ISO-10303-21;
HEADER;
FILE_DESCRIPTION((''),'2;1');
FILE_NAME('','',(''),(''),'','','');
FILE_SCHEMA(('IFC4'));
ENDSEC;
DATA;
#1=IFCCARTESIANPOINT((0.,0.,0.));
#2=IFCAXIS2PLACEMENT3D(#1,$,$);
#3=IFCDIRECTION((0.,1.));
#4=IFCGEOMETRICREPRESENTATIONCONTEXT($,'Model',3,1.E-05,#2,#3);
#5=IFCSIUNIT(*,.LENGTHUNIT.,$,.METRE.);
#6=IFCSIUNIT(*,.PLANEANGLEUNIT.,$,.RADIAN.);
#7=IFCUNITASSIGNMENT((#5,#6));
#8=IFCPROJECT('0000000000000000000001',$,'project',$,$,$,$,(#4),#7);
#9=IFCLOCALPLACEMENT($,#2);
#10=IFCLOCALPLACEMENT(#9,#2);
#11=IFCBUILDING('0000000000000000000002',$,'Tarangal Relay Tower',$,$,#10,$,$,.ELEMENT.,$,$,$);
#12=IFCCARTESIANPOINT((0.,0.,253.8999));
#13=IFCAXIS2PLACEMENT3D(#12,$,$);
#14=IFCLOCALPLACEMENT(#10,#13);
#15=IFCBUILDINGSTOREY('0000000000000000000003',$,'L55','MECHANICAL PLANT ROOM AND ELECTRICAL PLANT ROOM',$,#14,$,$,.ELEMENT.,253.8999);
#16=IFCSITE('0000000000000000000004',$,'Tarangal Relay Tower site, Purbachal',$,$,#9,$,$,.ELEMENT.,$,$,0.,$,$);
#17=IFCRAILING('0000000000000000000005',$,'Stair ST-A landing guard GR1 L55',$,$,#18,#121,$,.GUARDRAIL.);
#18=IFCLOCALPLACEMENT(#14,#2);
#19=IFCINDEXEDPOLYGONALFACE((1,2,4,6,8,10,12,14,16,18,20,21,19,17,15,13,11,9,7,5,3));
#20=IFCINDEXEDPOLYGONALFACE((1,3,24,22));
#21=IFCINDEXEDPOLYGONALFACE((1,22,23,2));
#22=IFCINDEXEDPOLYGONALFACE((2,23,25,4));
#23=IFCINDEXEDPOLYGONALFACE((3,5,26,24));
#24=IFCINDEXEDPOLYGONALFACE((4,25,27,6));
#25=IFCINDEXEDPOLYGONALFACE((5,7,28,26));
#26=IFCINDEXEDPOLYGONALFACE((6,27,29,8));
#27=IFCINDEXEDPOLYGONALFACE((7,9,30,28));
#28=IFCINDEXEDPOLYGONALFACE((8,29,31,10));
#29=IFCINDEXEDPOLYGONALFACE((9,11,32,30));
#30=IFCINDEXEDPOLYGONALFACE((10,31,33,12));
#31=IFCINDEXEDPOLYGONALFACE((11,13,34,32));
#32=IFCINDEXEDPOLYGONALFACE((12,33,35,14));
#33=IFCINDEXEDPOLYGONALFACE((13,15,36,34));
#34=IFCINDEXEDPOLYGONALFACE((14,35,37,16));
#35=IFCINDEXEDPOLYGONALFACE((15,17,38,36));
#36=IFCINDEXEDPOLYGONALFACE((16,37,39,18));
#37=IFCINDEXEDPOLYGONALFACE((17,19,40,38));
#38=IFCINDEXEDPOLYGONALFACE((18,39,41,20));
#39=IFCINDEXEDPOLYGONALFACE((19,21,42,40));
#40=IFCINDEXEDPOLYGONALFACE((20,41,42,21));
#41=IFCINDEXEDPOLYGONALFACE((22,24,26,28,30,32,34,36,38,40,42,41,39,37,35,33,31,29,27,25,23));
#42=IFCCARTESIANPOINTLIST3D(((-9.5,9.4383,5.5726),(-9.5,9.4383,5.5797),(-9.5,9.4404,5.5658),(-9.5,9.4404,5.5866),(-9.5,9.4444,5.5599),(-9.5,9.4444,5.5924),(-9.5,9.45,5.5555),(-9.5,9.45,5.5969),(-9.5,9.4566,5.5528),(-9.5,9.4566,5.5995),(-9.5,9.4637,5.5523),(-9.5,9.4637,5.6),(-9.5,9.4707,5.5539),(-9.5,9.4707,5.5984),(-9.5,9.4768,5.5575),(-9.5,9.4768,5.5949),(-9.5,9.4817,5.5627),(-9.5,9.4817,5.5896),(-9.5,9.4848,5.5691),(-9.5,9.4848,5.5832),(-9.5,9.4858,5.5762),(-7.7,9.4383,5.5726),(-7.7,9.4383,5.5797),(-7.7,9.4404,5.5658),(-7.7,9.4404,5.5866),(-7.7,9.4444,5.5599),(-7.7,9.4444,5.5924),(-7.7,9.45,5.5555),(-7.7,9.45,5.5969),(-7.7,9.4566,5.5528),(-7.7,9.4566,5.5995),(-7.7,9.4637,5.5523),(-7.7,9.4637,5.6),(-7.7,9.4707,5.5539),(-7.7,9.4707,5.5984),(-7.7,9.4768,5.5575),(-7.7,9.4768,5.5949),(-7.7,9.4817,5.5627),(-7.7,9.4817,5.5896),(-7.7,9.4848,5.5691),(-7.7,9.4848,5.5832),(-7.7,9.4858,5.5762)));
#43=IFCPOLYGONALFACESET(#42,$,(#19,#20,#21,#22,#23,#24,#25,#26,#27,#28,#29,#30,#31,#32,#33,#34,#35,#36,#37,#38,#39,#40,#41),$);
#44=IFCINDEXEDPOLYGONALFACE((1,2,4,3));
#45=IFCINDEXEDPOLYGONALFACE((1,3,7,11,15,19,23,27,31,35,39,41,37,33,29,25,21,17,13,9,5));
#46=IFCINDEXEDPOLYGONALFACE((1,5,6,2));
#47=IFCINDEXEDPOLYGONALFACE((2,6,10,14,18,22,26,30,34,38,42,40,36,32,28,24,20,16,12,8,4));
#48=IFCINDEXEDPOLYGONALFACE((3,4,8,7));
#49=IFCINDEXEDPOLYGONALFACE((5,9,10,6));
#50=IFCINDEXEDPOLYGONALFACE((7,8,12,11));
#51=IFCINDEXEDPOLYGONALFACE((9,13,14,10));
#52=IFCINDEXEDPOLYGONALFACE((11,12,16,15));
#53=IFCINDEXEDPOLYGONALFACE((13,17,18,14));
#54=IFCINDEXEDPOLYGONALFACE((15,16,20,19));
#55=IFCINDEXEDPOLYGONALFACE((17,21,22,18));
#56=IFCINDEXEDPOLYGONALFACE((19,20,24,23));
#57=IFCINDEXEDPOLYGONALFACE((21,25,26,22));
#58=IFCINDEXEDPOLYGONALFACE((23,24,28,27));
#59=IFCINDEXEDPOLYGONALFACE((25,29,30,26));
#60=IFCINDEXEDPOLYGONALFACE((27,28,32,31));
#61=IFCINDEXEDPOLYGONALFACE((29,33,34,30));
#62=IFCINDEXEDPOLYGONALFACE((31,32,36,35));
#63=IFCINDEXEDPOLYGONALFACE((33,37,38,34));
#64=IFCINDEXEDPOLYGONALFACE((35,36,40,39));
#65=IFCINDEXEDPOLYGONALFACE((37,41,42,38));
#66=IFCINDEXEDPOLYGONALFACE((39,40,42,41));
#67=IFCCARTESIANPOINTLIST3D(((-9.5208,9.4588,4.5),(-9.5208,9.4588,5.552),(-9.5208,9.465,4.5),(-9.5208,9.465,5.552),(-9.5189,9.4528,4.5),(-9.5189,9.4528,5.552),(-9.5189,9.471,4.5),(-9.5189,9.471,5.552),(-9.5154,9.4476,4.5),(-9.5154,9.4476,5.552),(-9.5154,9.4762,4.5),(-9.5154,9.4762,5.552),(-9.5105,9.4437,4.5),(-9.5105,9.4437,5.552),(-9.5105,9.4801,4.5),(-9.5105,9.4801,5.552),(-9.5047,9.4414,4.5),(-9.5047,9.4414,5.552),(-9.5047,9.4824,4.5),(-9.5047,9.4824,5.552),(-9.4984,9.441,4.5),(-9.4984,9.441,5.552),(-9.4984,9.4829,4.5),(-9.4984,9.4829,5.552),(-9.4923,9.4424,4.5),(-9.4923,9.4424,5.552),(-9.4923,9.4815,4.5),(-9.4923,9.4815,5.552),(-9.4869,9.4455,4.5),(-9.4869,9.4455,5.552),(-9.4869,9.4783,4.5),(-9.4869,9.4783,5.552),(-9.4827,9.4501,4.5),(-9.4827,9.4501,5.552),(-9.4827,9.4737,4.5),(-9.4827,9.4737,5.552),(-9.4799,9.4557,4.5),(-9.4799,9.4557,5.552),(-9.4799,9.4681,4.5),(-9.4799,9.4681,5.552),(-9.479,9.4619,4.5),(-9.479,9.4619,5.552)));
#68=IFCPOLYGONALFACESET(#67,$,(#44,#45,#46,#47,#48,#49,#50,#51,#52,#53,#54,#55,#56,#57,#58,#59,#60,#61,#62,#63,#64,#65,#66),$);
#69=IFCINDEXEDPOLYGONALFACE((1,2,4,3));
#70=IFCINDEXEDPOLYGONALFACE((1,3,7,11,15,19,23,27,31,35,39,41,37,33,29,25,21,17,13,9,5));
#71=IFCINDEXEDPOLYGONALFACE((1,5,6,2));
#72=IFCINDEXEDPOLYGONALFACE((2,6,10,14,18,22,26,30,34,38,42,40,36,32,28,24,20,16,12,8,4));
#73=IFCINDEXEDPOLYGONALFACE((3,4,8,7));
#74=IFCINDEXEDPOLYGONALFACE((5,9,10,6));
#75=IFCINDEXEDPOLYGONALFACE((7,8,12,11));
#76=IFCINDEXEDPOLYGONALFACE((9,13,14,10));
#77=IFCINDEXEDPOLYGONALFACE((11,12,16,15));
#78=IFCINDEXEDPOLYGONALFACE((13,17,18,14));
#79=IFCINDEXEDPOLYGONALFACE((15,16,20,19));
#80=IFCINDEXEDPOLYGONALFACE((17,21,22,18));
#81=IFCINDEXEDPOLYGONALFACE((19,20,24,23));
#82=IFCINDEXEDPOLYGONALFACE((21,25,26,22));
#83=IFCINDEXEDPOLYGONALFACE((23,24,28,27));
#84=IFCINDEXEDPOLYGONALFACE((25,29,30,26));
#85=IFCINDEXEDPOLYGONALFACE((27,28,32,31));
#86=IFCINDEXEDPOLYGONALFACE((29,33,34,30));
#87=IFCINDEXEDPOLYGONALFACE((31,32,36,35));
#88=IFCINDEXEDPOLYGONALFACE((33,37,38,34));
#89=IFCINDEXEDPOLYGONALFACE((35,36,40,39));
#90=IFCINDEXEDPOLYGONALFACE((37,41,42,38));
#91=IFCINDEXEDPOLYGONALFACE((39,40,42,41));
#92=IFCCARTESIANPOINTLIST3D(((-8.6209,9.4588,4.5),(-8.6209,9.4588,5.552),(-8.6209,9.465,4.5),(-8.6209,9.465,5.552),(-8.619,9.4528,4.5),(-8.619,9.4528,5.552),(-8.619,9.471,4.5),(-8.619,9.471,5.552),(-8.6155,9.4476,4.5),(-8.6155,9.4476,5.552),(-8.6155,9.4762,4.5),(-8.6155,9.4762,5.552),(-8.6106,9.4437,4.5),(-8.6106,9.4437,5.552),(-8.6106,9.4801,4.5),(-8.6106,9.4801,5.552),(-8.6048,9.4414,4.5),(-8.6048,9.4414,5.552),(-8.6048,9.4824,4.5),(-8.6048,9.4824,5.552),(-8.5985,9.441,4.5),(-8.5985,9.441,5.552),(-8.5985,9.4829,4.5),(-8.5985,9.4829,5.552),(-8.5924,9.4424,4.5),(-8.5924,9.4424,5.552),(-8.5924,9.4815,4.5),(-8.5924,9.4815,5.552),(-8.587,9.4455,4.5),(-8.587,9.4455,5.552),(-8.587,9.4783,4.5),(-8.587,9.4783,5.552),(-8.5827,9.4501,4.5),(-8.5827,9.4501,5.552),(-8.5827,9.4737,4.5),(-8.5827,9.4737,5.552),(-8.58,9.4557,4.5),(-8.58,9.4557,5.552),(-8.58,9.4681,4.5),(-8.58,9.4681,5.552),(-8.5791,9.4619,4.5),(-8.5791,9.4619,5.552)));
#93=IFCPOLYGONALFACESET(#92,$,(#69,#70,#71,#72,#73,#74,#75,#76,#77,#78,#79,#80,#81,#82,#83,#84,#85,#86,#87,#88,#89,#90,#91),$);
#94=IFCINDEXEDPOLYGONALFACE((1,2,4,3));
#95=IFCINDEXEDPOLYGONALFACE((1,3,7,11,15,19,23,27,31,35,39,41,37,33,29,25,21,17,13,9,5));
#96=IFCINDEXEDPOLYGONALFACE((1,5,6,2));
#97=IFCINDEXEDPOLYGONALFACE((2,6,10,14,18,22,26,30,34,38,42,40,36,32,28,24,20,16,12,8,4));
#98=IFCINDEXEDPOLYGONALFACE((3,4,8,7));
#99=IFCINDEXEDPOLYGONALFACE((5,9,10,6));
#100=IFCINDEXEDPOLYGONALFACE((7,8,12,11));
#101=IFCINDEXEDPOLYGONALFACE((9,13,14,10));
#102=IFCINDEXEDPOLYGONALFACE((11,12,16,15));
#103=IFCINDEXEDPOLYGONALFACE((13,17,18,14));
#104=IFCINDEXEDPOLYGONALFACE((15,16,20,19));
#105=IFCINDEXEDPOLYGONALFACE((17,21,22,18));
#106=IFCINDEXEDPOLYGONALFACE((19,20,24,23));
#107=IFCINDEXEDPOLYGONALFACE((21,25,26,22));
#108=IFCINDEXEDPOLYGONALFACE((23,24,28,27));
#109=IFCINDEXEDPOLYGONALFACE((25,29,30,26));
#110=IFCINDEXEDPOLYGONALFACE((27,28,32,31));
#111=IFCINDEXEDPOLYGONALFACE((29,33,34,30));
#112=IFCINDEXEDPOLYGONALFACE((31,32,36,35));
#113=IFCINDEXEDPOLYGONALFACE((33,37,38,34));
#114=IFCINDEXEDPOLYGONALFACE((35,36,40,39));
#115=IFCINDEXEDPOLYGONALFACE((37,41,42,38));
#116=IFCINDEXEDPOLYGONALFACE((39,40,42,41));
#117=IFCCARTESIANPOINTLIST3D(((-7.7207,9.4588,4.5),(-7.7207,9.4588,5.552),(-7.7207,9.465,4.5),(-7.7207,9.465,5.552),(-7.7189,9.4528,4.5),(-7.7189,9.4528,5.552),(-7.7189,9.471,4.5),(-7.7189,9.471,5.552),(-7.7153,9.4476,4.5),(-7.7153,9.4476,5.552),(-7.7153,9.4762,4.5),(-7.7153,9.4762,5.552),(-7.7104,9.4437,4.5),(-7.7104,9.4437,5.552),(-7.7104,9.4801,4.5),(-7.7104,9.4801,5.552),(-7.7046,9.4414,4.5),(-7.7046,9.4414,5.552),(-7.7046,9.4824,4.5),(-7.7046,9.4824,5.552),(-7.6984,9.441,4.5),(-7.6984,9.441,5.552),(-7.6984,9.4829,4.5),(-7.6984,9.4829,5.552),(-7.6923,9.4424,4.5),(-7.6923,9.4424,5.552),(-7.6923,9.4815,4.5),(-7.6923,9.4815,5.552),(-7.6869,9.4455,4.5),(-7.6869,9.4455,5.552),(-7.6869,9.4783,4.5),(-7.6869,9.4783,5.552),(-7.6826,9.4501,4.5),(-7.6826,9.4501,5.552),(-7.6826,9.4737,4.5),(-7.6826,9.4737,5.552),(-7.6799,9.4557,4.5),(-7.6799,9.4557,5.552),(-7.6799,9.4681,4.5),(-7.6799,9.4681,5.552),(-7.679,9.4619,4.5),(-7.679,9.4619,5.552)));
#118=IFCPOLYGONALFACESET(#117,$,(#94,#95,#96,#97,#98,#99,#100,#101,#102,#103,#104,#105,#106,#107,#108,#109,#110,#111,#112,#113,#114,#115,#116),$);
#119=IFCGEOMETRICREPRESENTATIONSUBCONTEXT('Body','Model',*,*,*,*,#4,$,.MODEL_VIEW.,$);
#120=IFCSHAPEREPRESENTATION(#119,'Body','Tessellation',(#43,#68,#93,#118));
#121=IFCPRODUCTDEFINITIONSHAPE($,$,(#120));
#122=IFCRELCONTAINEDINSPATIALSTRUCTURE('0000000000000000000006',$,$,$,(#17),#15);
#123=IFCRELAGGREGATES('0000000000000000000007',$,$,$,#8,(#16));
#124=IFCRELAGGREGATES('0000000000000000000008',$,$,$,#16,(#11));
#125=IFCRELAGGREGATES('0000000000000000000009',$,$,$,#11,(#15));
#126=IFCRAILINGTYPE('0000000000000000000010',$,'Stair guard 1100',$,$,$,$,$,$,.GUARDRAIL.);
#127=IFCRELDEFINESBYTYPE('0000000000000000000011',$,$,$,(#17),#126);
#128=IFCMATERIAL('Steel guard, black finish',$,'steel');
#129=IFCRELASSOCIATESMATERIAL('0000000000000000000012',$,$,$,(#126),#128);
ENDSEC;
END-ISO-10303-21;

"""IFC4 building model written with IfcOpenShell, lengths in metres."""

from ifc_helpers import new_model, si_unit, direction, frame, origin, origin_2d, place, context, subcontext, project, spatial, circle, extrude, material, type_object, element, save


model = new_model("IFC4")

# Units and contexts
model_context = context("Model", 3, precision=1e-05, world=origin(), true_north=direction((0.0, 1.0)))
body_context = subcontext(model_context, "Body", "Model", "MODEL_VIEW")
ifc_project = project(units=[si_unit("LENGTHUNIT", "METRE"), si_unit("PLANEANGLEUNIT", "RADIAN")], contexts=[model_context])

# Site, building, storey
site_placement = place(None, origin())
site = spatial("IfcSite", under=ifc_project, at=site_placement, Name="Tarangal Relay Tower site, Purbachal", CompositionType="ELEMENT", RefElevation=0.0)
building_placement = place(site_placement, origin())
building = spatial("IfcBuilding", under=site, at=building_placement, Name="Tarangal Relay Tower", CompositionType="ELEMENT")
storey_placement = place(building_placement, frame((0.0, 0.0, 253.8999)))
storey = spatial("IfcBuildingStorey", under=building, at=storey_placement, Name="L55", Description="MECHANICAL PLANT ROOM AND ELECTRICAL PLANT ROOM", CompositionType="ELEMENT", Elevation=253.8999)

# Railing
ifc_material_1 = material(Name="Steel guard, black finish", Category="steel")
railing_type_1 = type_object("IfcRailingType", Name="Stair guard 1100", PredefinedType="GUARDRAIL", material=ifc_material_1)
railing_placement = place(storey_placement, frame((-9.5, 9.4619, 4.5)))
element("IfcRailing", 1, at=railing_placement, inside=storey, type_object=railing_type_1, Name="Stair ST-A landing guard GR1 L55", PredefinedType="GUARDRAIL", context=body_context, shape_type="SweptSolid", body=[
    extrude(circle(Radius=0.0239, at=origin_2d()), frame((0.0, 0.0, 1.0762), z_axis=(1.0, 0.0, 0.0), x_axis=(0.0, 1.0, 0.0)), (0.0, 0.0, 1.0), 1.8),
    extrude(circle(Radius=0.021, at=origin_2d()), origin(), (0.0, 0.0, 1.0), 1.052),
    extrude(circle(Radius=0.021, at=origin_2d()), frame((0.8999, 0.0, 0.0)), (0.0, 0.0, 1.0), 1.052),
    extrude(circle(Radius=0.021, at=origin_2d()), frame((1.8, 0.0, 0.0)), (0.0, 0.0, 1.0), 1.052),
])

save(model, "model.ifc")
